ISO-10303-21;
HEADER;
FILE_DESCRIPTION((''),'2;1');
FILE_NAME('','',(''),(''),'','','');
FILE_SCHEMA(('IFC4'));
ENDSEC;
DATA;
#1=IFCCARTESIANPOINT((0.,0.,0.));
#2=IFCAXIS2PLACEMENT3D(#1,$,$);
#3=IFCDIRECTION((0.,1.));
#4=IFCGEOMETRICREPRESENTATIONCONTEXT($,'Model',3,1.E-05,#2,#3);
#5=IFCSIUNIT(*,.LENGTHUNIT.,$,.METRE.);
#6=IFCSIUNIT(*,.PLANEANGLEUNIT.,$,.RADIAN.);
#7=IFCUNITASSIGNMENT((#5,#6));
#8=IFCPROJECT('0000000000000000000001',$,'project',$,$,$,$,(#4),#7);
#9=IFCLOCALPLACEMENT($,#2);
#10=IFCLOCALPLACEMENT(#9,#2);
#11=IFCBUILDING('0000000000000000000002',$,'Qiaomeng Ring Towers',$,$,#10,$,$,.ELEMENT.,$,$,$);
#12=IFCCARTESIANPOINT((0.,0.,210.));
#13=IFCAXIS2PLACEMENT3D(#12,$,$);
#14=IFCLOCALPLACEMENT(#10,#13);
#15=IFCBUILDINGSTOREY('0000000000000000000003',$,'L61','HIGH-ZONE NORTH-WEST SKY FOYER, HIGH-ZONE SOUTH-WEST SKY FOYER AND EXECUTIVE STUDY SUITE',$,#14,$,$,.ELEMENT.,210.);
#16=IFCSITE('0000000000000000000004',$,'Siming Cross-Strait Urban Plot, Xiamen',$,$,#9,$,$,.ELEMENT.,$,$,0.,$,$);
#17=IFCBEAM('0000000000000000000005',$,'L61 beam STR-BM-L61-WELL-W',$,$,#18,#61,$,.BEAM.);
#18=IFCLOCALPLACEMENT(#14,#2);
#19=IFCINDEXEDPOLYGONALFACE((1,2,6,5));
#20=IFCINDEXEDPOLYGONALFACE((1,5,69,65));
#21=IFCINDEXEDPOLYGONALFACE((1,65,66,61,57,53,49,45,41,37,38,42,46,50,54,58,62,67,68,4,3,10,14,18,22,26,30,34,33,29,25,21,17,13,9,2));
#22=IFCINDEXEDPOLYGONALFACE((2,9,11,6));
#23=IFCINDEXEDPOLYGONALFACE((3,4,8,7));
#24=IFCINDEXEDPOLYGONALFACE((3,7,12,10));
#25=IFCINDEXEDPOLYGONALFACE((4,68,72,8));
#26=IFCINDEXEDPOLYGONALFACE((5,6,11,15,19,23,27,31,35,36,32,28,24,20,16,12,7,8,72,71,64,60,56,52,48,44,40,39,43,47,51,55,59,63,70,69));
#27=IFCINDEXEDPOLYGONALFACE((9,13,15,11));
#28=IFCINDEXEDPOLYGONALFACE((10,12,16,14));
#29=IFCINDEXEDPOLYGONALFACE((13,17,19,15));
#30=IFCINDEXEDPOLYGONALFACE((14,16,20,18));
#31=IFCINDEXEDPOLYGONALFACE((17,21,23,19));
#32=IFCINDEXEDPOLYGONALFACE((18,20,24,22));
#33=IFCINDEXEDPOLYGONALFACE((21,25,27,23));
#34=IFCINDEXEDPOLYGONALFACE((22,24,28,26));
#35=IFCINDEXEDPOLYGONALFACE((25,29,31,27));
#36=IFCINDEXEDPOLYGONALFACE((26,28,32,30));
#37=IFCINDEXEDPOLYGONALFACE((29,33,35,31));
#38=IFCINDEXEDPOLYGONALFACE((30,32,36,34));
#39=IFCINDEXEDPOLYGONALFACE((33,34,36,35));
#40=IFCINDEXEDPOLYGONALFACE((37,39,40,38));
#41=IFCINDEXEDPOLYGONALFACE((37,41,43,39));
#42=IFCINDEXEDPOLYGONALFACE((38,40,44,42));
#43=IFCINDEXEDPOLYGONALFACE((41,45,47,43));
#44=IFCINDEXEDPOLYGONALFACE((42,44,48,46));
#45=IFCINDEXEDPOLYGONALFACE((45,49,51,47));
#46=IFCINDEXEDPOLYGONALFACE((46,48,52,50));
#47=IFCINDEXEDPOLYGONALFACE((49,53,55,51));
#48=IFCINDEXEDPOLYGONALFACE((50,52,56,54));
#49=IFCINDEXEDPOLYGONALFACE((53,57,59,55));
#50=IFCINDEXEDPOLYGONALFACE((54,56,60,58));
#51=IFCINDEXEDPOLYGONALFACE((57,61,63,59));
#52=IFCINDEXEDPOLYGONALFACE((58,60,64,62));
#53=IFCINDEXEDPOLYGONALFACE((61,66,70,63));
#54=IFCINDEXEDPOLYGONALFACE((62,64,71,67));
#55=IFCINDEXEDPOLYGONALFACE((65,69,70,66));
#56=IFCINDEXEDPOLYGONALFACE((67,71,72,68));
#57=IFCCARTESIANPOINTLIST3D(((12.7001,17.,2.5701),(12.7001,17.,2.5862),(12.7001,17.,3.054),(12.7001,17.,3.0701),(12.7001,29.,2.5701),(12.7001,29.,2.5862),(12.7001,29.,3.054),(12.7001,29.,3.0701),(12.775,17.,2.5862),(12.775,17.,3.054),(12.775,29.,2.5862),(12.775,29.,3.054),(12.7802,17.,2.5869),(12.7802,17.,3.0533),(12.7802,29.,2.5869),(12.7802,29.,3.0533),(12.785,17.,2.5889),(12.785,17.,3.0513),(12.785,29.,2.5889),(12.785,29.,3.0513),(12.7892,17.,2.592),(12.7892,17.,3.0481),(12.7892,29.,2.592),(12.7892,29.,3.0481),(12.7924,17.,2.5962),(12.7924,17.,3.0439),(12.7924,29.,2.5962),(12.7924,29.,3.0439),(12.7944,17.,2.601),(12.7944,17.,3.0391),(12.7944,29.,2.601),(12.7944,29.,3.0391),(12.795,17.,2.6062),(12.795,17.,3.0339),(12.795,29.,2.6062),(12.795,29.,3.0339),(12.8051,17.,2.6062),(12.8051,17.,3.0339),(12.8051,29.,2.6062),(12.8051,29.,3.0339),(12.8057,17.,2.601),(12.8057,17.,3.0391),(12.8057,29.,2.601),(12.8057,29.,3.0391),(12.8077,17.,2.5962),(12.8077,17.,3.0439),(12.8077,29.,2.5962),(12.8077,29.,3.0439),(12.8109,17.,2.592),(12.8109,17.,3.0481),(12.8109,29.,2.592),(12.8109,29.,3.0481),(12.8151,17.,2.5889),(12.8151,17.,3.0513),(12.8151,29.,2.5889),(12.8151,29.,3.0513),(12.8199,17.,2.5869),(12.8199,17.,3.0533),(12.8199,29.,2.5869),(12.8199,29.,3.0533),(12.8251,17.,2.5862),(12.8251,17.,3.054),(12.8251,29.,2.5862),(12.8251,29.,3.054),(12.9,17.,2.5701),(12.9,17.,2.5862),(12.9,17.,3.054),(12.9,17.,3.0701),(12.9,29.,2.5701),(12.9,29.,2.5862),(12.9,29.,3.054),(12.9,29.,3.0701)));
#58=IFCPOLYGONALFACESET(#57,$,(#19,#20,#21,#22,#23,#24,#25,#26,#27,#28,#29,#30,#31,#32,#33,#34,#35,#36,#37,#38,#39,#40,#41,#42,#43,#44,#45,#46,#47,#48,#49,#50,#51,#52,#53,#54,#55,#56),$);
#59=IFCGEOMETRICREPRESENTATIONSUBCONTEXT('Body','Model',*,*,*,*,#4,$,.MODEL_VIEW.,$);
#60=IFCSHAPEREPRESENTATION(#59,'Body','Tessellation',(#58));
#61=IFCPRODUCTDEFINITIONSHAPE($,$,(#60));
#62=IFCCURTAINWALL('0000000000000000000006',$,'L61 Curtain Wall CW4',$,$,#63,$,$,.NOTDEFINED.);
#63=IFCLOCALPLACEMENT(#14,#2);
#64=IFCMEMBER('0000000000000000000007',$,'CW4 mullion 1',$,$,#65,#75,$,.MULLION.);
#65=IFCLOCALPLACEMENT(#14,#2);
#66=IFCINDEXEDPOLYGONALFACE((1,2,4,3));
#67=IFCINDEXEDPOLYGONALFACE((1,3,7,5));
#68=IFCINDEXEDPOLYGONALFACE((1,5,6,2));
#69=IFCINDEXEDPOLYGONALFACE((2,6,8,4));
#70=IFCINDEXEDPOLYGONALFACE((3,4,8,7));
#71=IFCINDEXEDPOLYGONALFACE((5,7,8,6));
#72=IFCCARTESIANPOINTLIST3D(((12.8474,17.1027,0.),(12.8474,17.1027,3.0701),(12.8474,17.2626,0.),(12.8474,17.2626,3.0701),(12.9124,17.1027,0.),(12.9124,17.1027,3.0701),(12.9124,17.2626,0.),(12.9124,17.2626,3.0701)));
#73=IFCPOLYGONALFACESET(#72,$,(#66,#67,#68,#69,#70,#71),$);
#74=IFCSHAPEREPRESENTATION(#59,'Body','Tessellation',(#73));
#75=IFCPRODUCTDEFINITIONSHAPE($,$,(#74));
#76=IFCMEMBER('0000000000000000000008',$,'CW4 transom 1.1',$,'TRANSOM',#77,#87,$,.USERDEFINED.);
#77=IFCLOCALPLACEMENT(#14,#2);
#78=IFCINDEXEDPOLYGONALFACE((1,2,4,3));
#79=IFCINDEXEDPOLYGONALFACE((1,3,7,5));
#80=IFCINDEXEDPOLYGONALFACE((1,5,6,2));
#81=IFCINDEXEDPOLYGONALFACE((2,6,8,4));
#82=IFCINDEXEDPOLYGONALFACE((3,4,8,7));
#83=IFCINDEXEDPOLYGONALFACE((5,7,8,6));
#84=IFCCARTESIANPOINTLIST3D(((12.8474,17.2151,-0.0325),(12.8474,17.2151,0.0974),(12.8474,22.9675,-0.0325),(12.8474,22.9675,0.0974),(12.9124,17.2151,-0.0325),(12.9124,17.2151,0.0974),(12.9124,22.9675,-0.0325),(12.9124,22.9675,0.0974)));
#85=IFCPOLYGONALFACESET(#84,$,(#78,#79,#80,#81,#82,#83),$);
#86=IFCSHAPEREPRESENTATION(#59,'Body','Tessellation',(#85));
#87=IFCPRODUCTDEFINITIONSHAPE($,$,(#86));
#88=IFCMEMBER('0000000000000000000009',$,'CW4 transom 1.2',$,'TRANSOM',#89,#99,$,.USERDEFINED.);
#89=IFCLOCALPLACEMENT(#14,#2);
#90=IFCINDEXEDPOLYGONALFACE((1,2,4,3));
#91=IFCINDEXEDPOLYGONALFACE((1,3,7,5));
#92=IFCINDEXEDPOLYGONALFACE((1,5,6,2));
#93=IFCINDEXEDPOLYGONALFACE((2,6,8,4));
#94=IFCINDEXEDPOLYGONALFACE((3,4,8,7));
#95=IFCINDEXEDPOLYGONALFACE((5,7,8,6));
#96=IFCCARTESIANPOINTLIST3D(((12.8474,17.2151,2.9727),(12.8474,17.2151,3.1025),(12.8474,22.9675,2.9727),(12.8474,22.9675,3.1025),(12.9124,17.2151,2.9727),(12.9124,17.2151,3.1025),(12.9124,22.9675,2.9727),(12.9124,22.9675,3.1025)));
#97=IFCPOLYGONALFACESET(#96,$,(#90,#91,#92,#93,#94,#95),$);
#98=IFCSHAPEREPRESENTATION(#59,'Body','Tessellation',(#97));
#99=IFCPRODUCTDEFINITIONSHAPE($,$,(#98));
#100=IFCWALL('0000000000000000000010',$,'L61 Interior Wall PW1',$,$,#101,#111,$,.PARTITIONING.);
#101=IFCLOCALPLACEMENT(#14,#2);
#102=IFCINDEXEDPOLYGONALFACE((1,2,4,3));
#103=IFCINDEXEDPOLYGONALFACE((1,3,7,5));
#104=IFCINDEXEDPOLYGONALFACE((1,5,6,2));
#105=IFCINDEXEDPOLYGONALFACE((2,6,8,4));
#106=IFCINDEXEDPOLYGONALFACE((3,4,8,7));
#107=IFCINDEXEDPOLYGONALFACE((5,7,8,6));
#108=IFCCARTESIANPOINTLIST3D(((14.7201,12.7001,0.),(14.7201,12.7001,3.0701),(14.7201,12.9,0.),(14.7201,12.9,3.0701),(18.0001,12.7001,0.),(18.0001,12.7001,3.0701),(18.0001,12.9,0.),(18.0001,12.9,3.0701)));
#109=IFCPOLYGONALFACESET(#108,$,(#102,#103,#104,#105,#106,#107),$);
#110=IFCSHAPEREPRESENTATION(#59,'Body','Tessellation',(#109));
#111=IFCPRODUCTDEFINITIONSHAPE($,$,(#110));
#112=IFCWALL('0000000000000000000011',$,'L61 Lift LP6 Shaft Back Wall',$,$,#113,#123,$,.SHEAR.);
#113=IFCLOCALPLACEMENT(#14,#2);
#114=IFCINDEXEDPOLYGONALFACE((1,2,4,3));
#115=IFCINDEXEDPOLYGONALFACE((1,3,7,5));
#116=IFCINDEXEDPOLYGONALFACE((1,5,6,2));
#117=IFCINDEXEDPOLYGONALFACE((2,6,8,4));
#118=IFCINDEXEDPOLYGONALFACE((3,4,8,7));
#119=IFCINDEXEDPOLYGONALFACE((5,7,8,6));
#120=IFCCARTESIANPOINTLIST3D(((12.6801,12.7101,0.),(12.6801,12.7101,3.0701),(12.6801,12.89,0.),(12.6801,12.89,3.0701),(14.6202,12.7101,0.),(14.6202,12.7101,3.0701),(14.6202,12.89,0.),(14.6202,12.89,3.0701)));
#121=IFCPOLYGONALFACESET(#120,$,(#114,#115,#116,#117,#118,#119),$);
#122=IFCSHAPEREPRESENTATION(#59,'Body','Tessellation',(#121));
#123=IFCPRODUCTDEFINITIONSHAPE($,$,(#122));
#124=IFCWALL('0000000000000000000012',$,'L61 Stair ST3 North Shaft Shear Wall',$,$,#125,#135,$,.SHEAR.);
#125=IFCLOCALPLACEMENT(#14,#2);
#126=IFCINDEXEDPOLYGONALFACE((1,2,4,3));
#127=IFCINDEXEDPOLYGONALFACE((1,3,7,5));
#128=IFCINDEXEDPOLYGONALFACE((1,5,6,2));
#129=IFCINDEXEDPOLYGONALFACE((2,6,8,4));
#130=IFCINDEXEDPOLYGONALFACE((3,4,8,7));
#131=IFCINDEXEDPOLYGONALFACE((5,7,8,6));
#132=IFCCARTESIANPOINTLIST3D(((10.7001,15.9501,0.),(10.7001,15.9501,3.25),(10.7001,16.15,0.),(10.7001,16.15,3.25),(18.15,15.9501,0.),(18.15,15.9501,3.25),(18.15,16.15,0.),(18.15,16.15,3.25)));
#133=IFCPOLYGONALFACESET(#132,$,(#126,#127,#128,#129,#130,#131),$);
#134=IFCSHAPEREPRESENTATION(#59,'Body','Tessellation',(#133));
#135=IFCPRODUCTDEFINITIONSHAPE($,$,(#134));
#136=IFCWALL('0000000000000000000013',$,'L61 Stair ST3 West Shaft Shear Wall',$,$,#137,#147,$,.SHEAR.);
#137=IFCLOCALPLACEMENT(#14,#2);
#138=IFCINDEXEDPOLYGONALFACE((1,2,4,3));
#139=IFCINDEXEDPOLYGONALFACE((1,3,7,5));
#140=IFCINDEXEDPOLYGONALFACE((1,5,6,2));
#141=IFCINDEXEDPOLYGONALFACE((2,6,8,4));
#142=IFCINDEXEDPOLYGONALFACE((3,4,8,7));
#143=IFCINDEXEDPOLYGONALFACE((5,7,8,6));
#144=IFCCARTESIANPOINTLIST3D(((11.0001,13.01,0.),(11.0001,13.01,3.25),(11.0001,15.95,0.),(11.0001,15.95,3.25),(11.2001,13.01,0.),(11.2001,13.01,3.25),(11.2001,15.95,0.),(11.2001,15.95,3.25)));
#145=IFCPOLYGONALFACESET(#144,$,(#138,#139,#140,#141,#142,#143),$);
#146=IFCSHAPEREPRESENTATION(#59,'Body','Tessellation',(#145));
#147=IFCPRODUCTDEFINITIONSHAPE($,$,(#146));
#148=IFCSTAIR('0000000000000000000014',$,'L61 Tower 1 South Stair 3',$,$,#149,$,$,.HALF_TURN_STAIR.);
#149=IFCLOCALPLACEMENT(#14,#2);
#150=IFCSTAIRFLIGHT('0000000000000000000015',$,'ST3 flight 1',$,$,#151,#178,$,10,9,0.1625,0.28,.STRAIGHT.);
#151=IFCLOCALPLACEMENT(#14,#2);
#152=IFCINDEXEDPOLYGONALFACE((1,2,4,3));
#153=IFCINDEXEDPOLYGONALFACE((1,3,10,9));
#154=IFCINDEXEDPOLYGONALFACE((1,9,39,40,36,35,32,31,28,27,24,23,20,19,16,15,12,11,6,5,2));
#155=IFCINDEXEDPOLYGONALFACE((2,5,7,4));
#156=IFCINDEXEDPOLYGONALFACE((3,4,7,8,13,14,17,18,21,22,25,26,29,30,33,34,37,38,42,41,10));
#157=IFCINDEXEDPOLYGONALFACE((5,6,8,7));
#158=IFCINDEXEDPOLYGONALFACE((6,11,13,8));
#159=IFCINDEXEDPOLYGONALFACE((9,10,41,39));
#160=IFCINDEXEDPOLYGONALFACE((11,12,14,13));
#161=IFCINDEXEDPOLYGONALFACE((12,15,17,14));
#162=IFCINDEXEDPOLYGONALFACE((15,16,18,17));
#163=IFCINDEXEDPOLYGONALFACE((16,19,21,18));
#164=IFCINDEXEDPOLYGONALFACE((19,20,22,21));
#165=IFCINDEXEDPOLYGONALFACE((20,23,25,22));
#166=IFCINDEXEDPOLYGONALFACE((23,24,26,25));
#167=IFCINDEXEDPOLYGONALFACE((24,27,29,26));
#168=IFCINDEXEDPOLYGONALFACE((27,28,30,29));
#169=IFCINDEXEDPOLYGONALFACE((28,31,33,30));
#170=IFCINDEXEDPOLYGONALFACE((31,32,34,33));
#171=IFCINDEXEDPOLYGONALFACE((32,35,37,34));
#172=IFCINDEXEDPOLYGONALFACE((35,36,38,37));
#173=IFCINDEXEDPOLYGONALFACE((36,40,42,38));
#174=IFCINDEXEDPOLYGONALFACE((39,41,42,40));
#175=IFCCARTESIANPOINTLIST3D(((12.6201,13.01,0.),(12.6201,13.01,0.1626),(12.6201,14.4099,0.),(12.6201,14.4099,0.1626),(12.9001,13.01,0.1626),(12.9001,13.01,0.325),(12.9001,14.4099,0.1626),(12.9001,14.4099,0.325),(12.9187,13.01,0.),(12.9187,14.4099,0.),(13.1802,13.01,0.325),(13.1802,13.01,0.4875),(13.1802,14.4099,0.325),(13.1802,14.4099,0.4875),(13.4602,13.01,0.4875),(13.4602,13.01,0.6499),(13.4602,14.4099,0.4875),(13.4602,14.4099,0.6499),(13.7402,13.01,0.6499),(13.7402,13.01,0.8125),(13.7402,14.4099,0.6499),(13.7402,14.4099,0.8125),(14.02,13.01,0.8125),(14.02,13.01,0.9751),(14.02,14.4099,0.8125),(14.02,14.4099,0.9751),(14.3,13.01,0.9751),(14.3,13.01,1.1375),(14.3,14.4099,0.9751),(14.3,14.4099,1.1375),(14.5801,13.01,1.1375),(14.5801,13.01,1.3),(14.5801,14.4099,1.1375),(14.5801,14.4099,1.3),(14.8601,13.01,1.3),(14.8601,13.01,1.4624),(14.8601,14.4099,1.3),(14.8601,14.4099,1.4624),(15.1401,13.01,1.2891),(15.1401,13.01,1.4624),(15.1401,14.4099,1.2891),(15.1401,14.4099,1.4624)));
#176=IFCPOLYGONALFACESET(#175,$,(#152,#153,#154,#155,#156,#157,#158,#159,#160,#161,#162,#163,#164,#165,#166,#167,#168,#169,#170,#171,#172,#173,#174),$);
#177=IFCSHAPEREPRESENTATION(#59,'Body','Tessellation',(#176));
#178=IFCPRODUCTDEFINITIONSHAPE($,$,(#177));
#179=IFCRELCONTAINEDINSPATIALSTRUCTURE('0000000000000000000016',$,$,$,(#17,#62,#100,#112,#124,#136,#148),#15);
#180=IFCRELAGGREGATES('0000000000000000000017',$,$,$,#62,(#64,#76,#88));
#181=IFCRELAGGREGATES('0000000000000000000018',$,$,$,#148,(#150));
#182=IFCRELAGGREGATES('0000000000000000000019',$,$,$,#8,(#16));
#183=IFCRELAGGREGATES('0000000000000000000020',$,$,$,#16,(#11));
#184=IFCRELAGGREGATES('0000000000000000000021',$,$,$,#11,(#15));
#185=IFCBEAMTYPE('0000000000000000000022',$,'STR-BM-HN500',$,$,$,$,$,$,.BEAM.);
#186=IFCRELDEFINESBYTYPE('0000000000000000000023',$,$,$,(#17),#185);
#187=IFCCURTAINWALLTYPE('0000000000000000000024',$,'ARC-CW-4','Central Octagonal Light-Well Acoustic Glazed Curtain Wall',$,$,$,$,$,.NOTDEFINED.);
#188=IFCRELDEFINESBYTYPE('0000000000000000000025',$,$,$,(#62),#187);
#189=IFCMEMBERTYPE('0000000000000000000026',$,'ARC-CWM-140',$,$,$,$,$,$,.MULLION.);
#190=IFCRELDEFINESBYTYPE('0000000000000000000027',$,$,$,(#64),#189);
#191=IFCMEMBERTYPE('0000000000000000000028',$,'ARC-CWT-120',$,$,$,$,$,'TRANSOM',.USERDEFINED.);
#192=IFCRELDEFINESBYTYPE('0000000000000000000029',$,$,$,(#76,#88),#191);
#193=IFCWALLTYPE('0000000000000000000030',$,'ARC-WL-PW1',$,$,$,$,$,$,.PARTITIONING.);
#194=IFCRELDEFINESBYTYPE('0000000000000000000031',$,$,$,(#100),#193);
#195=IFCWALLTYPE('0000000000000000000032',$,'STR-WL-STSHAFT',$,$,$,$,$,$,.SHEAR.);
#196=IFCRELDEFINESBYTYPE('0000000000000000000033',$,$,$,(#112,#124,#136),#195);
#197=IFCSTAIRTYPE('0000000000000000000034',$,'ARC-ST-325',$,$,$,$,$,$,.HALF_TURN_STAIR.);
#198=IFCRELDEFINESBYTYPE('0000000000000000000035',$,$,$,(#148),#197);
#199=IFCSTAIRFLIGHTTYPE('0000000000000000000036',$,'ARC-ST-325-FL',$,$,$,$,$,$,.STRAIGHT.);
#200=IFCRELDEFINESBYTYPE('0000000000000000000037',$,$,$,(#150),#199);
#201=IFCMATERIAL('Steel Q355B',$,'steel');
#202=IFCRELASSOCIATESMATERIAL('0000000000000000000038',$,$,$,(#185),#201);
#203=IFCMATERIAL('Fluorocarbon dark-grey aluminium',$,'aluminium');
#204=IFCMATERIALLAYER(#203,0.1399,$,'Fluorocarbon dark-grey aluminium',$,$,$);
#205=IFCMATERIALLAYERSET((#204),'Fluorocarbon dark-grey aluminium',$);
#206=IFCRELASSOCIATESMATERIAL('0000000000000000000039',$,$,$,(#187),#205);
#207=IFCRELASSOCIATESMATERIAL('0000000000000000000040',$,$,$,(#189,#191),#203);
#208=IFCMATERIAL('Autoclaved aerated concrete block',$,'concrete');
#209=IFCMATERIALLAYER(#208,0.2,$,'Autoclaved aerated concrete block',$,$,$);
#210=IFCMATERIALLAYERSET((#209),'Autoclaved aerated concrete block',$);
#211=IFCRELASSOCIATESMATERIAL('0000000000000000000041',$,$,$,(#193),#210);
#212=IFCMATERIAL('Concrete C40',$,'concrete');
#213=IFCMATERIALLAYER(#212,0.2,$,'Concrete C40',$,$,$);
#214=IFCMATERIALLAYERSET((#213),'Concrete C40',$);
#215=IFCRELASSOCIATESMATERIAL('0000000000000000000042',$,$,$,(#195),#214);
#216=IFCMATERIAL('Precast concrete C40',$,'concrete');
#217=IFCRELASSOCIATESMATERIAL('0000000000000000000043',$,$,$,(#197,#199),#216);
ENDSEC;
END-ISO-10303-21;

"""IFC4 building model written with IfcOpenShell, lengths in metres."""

from ifc_helpers import new_model, si_unit, direction, frame, frame_2d, origin, origin_2d, place, context, subcontext, project, spatial, polyline, rectangle, i_section, outline, extrude, source, transform, mapped, material, layer, layer_set, material_profile, profile_set, type_object, element, aggregate, save


model = new_model("IFC4")

# Units and contexts
model_context = context("Model", 3, precision=1e-05, world=origin(), true_north=direction((0.0, 1.0)))
body_context = subcontext(model_context, "Body", "Model", "MODEL_VIEW")
ifc_project = project(units=[si_unit("LENGTHUNIT", "METRE"), si_unit("PLANEANGLEUNIT", "RADIAN")], contexts=[model_context])

# Site, building, storey
site_placement = place(None, origin())
site = spatial("IfcSite", under=ifc_project, at=site_placement, Name="Siming Cross-Strait Urban Plot, Xiamen", CompositionType="ELEMENT", RefElevation=0.0)
building_placement = place(site_placement, origin())
building = spatial("IfcBuilding", under=site, at=building_placement, Name="Qiaomeng Ring Towers", CompositionType="ELEMENT")
storey_placement = place(building_placement, frame((0.0, 0.0, 210.0)))
storey = spatial("IfcBuildingStorey", under=building, at=storey_placement, Name="L61", Description="HIGH-ZONE NORTH-WEST SKY FOYER, HIGH-ZONE SOUTH-WEST SKY FOYER AND EXECUTIVE STUDY SUITE", CompositionType="ELEMENT", Elevation=210.0)

# Beam
ifc_material_1 = material(Name="Steel Q355B", Category="steel")
ifc_material_profile_1 = material_profile(ifc_material_1, i_section(OverallWidth=0.2, OverallDepth=0.5, WebThickness=0.01, FlangeThickness=0.0161, FilletRadius=0.02, at=origin_2d()), Name="HN 500x200x10x16")
ifc_profile_set_1 = profile_set([ifc_material_profile_1], Name="Steel Q355B")
beam_type = type_object("IfcBeamType", Name="STR-BM-HN500", PredefinedType="BEAM", material=ifc_profile_set_1)
shared_shape_1 = source(origin(), body_context, "Body", "SweptSolid", [
    extrude(i_section(OverallWidth=0.2, OverallDepth=0.5, WebThickness=0.01, FlangeThickness=0.0161, FilletRadius=0.02, at=origin_2d()), origin(), (0.0, 0.0, 1.0), 12.0),
])
beam_placement = place(storey_placement, frame((12.8, 17.0, 2.8201), z_axis=(0.0, 1.0, 0.0), x_axis=(-1.0, 0.0, 0.0)))
element("IfcBeam", 1, at=beam_placement, inside=storey, type_object=beam_type, Name="L61 beam STR-BM-L61-WELL-W", PredefinedType="BEAM", context=body_context, shape_type="MappedRepresentation", body=[
    mapped(shared_shape_1, transform((0.0, 0.0, 0.0), x_axis=(1.0, 0.0, 0.0), y_axis=(0.0, 1.0, 0.0), z_axis=(0.0, 0.0, 1.0), scale=1.0)),
])

# Curtain wall, members
ifc_material_2 = material(Name="Fluorocarbon dark-grey aluminium", Category="aluminium")
ifc_layer_1 = layer(ifc_material_2, 0.1399, Name="Fluorocarbon dark-grey aluminium")
ifc_layer_set_1 = layer_set([ifc_layer_1], Name="Fluorocarbon dark-grey aluminium")
curtain_wall_type = type_object("IfcCurtainWallType", Name="ARC-CW-4", Description="Central Octagonal Light-Well Acoustic Glazed Curtain Wall", PredefinedType="NOTDEFINED", material=ifc_layer_set_1)
curtain_wall_placement = place(storey_placement, origin())
curtain_wall = element("IfcCurtainWall", 2, at=curtain_wall_placement, inside=storey, type_object=curtain_wall_type, Name="L61 Curtain Wall CW4", PredefinedType="NOTDEFINED")
ifc_material_profile_2 = material_profile(ifc_material_2, rectangle(XDim=0.0649, YDim=0.1599, at=origin_2d()), Name="ALU MULL 65x160")
ifc_profile_set_2 = profile_set([ifc_material_profile_2], Name="Fluorocarbon dark-grey aluminium")
member_type_1 = type_object("IfcMemberType", Name="ARC-CWM-140", PredefinedType="MULLION", material=ifc_profile_set_2)
shared_shape_2 = source(origin(), body_context, "Body", "SweptSolid", [
    extrude(rectangle(XDim=0.0649, YDim=0.1599, at=origin_2d()), origin(), (0.0, 0.0, 1.0), 3.0701),
])
member_1_placement = place(storey_placement, frame((12.8799, 17.1826, 0.0), z_axis=(0.0, 0.0, 1.0), x_axis=(-1.0, 0.0, 0.0)))
member_1 = element("IfcMember", 3, at=member_1_placement, type_object=member_type_1, Name="CW4 mullion 1", PredefinedType="MULLION", context=body_context, shape_type="MappedRepresentation", body=[
    mapped(shared_shape_2, transform((0.0, 0.0, 0.0), x_axis=(1.0, 0.0, 0.0), y_axis=(0.0, 1.0, 0.0), z_axis=(0.0, 0.0, 1.0), scale=1.0)),
])
ifc_material_profile_3 = material_profile(ifc_material_2, rectangle(XDim=0.0649, YDim=0.1299, at=origin_2d()), Name="ALU TRAN 65x130")
ifc_profile_set_3 = profile_set([ifc_material_profile_3], Name="Fluorocarbon dark-grey aluminium")
member_type_2 = type_object("IfcMemberType", Name="ARC-CWT-120", ElementType="TRANSOM", PredefinedType="USERDEFINED", material=ifc_profile_set_3)
shared_shape_3 = source(origin(), body_context, "Body", "SweptSolid", [
    extrude(rectangle(XDim=0.0649, YDim=0.1299, at=origin_2d()), origin(), (0.0, 0.0, 1.0), 5.7524),
])
member_2_placement = place(storey_placement, frame((12.8799, 17.2151, 0.0325), z_axis=(0.0, 1.0, 0.0), x_axis=(-1.0, 0.0, 0.0)))
member_2 = element("IfcMember", 4, at=member_2_placement, type_object=member_type_2, Name="CW4 transom 1.1", ObjectType="TRANSOM", PredefinedType="USERDEFINED", context=body_context, shape_type="MappedRepresentation", body=[
    mapped(shared_shape_3, transform((0.0, 0.0, 0.0), x_axis=(1.0, 0.0, 0.0), y_axis=(0.0, 1.0, 0.0), z_axis=(0.0, 0.0, 1.0), scale=1.0)),
])
member_3_placement = place(storey_placement, frame((12.8799, 17.2151, 3.0376), z_axis=(0.0, 1.0, 0.0), x_axis=(-1.0, 0.0, 0.0)))
member_3 = element("IfcMember", 5, at=member_3_placement, type_object=member_type_2, Name="CW4 transom 1.2", ObjectType="TRANSOM", PredefinedType="USERDEFINED", context=body_context, shape_type="MappedRepresentation", body=[
    mapped(shared_shape_3, transform((0.0, 0.0, 0.0), x_axis=(1.0, 0.0, 0.0), y_axis=(0.0, 1.0, 0.0), z_axis=(0.0, 0.0, 1.0), scale=1.0)),
])
aggregate(curtain_wall, [member_1, member_2, member_3])

# Walls
ifc_material_3 = material(Name="Autoclaved aerated concrete block", Category="concrete")
ifc_layer_2 = layer(ifc_material_3, 0.2, Name="Autoclaved aerated concrete block")
ifc_layer_set_2 = layer_set([ifc_layer_2], Name="Autoclaved aerated concrete block")
wall_type_1 = type_object("IfcWallType", Name="ARC-WL-PW1", PredefinedType="PARTITIONING", material=ifc_layer_set_2)
wall_1_placement = place(storey_placement, frame((14.72, 12.8, 0.0), z_axis=(0.0, 0.0, 1.0), x_axis=(1.0, 0.0, 0.0)))
element("IfcWall", 6, at=wall_1_placement, inside=storey, type_object=wall_type_1, Name="L61 Interior Wall PW1", PredefinedType="PARTITIONING", context=body_context, shape_type="SweptSolid", body=[
    extrude(rectangle(XDim=3.28, YDim=0.2, at=frame_2d((1.6401, 0.0))), origin(), (0.0, 0.0, 1.0), 3.0701),
])
ifc_material_4 = material(Name="Concrete C40", Category="concrete")
ifc_layer_3 = layer(ifc_material_4, 0.2, Name="Concrete C40")
ifc_layer_set_3 = layer_set([ifc_layer_3], Name="Concrete C40")
wall_type_2 = type_object("IfcWallType", Name="STR-WL-STSHAFT", PredefinedType="SHEAR", material=ifc_layer_set_3)
wall_2_placement = place(storey_placement, frame((12.6799, 12.8, 0.0), z_axis=(0.0, 0.0, 1.0), x_axis=(1.0, 0.0, 0.0)))
element("IfcWall", 7, at=wall_2_placement, inside=storey, type_object=wall_type_2, Name="L61 Lift LP6 Shaft Back Wall", PredefinedType="SHEAR", context=body_context, shape_type="SweptSolid", body=[
    extrude(rectangle(XDim=1.9402, YDim=0.1799, at=frame_2d((0.9702, 0.0))), origin(), (0.0, 0.0, 1.0), 3.0701),
])
wall_3_placement = place(storey_placement, frame((10.7, 16.05, 0.0), z_axis=(0.0, 0.0, 1.0), x_axis=(1.0, 0.0, 0.0)))
element("IfcWall", 8, at=wall_3_placement, inside=storey, type_object=wall_type_2, Name="L61 Stair ST3 North Shaft Shear Wall", PredefinedType="SHEAR", context=body_context, shape_type="SweptSolid", body=[
    extrude(rectangle(XDim=7.45, YDim=0.2, at=frame_2d((3.7251, 0.0))), origin(), (0.0, 0.0, 1.0), 3.25),
])
wall_4_placement = place(storey_placement, frame((11.1001, 13.01, 0.0), z_axis=(0.0, 0.0, 1.0), x_axis=(0.0, 1.0, 0.0)))
element("IfcWall", 9, at=wall_4_placement, inside=storey, type_object=wall_type_2, Name="L61 Stair ST3 West Shaft Shear Wall", PredefinedType="SHEAR", context=body_context, shape_type="SweptSolid", body=[
    extrude(rectangle(XDim=2.9399, YDim=0.2, at=frame_2d((1.47, 0.0))), origin(), (0.0, 0.0, 1.0), 3.25),
])

# Stair, stair flight
ifc_material_5 = material(Name="Precast concrete C40", Category="concrete")
stair_type = type_object("IfcStairType", Name="ARC-ST-325", PredefinedType="HALF_TURN_STAIR", material=ifc_material_5)
stair_placement = place(storey_placement, origin())
stair = element("IfcStair", 10, at=stair_placement, inside=storey, type_object=stair_type, Name="L61 Tower 1 South Stair 3", PredefinedType="HALF_TURN_STAIR")
stair_flight_type = type_object("IfcStairFlightType", Name="ARC-ST-325-FL", PredefinedType="STRAIGHT", material=ifc_material_5)
shared_shape_4 = source(origin(), body_context, "Body", "SweptSolid", [
    extrude(outline(polyline([(0.0, 0.0), (0.0, 0.1626), (0.28, 0.1626), (0.28, 0.325), (0.5601, 0.325), (0.5601, 0.4875), (0.8401, 0.4875), (0.8401, 0.6499), (1.1201, 0.6499), (1.1201, 0.8125), (1.3999, 0.8125), (1.3999, 0.9751), (1.6799, 0.9751), (1.6799, 1.1375), (1.96, 1.1375), (1.96, 1.3), (2.24, 1.3), (2.24, 1.4624), (2.52, 1.4624), (2.52, 1.625), (2.52, 1.2891), (0.2986, 0.0), (0.0, 0.0)])), frame((0.0, 0.7, 0.0), z_axis=(0.0, -1.0, 0.0), x_axis=(1.0, 0.0, 0.0)), (0.0, 0.0, 1.0), 1.3999),
])
stair_flight_1_placement = place(storey_placement, frame((12.6201, 13.71, 0.0), z_axis=(0.0, 0.0, 1.0), x_axis=(1.0, 0.0, 0.0)))
stair_flight_1 = element("IfcStairFlight", 11, at=stair_flight_1_placement, type_object=stair_flight_type, Name="ST3 flight 1", NumberOfRisers=10, NumberOfTreads=9, PredefinedType="STRAIGHT", RiserHeight=0.1625, TreadLength=0.28, context=body_context, shape_type="MappedRepresentation", body=[
    mapped(shared_shape_4, transform((0.0, 0.0, 0.0), x_axis=(1.0, 0.0, 0.0), y_axis=(0.0, 1.0, 0.0), z_axis=(0.0, 0.0, 1.0), scale=1.0)),
])
aggregate(stair, [stair_flight_1])

save(model, "model.ifc")
